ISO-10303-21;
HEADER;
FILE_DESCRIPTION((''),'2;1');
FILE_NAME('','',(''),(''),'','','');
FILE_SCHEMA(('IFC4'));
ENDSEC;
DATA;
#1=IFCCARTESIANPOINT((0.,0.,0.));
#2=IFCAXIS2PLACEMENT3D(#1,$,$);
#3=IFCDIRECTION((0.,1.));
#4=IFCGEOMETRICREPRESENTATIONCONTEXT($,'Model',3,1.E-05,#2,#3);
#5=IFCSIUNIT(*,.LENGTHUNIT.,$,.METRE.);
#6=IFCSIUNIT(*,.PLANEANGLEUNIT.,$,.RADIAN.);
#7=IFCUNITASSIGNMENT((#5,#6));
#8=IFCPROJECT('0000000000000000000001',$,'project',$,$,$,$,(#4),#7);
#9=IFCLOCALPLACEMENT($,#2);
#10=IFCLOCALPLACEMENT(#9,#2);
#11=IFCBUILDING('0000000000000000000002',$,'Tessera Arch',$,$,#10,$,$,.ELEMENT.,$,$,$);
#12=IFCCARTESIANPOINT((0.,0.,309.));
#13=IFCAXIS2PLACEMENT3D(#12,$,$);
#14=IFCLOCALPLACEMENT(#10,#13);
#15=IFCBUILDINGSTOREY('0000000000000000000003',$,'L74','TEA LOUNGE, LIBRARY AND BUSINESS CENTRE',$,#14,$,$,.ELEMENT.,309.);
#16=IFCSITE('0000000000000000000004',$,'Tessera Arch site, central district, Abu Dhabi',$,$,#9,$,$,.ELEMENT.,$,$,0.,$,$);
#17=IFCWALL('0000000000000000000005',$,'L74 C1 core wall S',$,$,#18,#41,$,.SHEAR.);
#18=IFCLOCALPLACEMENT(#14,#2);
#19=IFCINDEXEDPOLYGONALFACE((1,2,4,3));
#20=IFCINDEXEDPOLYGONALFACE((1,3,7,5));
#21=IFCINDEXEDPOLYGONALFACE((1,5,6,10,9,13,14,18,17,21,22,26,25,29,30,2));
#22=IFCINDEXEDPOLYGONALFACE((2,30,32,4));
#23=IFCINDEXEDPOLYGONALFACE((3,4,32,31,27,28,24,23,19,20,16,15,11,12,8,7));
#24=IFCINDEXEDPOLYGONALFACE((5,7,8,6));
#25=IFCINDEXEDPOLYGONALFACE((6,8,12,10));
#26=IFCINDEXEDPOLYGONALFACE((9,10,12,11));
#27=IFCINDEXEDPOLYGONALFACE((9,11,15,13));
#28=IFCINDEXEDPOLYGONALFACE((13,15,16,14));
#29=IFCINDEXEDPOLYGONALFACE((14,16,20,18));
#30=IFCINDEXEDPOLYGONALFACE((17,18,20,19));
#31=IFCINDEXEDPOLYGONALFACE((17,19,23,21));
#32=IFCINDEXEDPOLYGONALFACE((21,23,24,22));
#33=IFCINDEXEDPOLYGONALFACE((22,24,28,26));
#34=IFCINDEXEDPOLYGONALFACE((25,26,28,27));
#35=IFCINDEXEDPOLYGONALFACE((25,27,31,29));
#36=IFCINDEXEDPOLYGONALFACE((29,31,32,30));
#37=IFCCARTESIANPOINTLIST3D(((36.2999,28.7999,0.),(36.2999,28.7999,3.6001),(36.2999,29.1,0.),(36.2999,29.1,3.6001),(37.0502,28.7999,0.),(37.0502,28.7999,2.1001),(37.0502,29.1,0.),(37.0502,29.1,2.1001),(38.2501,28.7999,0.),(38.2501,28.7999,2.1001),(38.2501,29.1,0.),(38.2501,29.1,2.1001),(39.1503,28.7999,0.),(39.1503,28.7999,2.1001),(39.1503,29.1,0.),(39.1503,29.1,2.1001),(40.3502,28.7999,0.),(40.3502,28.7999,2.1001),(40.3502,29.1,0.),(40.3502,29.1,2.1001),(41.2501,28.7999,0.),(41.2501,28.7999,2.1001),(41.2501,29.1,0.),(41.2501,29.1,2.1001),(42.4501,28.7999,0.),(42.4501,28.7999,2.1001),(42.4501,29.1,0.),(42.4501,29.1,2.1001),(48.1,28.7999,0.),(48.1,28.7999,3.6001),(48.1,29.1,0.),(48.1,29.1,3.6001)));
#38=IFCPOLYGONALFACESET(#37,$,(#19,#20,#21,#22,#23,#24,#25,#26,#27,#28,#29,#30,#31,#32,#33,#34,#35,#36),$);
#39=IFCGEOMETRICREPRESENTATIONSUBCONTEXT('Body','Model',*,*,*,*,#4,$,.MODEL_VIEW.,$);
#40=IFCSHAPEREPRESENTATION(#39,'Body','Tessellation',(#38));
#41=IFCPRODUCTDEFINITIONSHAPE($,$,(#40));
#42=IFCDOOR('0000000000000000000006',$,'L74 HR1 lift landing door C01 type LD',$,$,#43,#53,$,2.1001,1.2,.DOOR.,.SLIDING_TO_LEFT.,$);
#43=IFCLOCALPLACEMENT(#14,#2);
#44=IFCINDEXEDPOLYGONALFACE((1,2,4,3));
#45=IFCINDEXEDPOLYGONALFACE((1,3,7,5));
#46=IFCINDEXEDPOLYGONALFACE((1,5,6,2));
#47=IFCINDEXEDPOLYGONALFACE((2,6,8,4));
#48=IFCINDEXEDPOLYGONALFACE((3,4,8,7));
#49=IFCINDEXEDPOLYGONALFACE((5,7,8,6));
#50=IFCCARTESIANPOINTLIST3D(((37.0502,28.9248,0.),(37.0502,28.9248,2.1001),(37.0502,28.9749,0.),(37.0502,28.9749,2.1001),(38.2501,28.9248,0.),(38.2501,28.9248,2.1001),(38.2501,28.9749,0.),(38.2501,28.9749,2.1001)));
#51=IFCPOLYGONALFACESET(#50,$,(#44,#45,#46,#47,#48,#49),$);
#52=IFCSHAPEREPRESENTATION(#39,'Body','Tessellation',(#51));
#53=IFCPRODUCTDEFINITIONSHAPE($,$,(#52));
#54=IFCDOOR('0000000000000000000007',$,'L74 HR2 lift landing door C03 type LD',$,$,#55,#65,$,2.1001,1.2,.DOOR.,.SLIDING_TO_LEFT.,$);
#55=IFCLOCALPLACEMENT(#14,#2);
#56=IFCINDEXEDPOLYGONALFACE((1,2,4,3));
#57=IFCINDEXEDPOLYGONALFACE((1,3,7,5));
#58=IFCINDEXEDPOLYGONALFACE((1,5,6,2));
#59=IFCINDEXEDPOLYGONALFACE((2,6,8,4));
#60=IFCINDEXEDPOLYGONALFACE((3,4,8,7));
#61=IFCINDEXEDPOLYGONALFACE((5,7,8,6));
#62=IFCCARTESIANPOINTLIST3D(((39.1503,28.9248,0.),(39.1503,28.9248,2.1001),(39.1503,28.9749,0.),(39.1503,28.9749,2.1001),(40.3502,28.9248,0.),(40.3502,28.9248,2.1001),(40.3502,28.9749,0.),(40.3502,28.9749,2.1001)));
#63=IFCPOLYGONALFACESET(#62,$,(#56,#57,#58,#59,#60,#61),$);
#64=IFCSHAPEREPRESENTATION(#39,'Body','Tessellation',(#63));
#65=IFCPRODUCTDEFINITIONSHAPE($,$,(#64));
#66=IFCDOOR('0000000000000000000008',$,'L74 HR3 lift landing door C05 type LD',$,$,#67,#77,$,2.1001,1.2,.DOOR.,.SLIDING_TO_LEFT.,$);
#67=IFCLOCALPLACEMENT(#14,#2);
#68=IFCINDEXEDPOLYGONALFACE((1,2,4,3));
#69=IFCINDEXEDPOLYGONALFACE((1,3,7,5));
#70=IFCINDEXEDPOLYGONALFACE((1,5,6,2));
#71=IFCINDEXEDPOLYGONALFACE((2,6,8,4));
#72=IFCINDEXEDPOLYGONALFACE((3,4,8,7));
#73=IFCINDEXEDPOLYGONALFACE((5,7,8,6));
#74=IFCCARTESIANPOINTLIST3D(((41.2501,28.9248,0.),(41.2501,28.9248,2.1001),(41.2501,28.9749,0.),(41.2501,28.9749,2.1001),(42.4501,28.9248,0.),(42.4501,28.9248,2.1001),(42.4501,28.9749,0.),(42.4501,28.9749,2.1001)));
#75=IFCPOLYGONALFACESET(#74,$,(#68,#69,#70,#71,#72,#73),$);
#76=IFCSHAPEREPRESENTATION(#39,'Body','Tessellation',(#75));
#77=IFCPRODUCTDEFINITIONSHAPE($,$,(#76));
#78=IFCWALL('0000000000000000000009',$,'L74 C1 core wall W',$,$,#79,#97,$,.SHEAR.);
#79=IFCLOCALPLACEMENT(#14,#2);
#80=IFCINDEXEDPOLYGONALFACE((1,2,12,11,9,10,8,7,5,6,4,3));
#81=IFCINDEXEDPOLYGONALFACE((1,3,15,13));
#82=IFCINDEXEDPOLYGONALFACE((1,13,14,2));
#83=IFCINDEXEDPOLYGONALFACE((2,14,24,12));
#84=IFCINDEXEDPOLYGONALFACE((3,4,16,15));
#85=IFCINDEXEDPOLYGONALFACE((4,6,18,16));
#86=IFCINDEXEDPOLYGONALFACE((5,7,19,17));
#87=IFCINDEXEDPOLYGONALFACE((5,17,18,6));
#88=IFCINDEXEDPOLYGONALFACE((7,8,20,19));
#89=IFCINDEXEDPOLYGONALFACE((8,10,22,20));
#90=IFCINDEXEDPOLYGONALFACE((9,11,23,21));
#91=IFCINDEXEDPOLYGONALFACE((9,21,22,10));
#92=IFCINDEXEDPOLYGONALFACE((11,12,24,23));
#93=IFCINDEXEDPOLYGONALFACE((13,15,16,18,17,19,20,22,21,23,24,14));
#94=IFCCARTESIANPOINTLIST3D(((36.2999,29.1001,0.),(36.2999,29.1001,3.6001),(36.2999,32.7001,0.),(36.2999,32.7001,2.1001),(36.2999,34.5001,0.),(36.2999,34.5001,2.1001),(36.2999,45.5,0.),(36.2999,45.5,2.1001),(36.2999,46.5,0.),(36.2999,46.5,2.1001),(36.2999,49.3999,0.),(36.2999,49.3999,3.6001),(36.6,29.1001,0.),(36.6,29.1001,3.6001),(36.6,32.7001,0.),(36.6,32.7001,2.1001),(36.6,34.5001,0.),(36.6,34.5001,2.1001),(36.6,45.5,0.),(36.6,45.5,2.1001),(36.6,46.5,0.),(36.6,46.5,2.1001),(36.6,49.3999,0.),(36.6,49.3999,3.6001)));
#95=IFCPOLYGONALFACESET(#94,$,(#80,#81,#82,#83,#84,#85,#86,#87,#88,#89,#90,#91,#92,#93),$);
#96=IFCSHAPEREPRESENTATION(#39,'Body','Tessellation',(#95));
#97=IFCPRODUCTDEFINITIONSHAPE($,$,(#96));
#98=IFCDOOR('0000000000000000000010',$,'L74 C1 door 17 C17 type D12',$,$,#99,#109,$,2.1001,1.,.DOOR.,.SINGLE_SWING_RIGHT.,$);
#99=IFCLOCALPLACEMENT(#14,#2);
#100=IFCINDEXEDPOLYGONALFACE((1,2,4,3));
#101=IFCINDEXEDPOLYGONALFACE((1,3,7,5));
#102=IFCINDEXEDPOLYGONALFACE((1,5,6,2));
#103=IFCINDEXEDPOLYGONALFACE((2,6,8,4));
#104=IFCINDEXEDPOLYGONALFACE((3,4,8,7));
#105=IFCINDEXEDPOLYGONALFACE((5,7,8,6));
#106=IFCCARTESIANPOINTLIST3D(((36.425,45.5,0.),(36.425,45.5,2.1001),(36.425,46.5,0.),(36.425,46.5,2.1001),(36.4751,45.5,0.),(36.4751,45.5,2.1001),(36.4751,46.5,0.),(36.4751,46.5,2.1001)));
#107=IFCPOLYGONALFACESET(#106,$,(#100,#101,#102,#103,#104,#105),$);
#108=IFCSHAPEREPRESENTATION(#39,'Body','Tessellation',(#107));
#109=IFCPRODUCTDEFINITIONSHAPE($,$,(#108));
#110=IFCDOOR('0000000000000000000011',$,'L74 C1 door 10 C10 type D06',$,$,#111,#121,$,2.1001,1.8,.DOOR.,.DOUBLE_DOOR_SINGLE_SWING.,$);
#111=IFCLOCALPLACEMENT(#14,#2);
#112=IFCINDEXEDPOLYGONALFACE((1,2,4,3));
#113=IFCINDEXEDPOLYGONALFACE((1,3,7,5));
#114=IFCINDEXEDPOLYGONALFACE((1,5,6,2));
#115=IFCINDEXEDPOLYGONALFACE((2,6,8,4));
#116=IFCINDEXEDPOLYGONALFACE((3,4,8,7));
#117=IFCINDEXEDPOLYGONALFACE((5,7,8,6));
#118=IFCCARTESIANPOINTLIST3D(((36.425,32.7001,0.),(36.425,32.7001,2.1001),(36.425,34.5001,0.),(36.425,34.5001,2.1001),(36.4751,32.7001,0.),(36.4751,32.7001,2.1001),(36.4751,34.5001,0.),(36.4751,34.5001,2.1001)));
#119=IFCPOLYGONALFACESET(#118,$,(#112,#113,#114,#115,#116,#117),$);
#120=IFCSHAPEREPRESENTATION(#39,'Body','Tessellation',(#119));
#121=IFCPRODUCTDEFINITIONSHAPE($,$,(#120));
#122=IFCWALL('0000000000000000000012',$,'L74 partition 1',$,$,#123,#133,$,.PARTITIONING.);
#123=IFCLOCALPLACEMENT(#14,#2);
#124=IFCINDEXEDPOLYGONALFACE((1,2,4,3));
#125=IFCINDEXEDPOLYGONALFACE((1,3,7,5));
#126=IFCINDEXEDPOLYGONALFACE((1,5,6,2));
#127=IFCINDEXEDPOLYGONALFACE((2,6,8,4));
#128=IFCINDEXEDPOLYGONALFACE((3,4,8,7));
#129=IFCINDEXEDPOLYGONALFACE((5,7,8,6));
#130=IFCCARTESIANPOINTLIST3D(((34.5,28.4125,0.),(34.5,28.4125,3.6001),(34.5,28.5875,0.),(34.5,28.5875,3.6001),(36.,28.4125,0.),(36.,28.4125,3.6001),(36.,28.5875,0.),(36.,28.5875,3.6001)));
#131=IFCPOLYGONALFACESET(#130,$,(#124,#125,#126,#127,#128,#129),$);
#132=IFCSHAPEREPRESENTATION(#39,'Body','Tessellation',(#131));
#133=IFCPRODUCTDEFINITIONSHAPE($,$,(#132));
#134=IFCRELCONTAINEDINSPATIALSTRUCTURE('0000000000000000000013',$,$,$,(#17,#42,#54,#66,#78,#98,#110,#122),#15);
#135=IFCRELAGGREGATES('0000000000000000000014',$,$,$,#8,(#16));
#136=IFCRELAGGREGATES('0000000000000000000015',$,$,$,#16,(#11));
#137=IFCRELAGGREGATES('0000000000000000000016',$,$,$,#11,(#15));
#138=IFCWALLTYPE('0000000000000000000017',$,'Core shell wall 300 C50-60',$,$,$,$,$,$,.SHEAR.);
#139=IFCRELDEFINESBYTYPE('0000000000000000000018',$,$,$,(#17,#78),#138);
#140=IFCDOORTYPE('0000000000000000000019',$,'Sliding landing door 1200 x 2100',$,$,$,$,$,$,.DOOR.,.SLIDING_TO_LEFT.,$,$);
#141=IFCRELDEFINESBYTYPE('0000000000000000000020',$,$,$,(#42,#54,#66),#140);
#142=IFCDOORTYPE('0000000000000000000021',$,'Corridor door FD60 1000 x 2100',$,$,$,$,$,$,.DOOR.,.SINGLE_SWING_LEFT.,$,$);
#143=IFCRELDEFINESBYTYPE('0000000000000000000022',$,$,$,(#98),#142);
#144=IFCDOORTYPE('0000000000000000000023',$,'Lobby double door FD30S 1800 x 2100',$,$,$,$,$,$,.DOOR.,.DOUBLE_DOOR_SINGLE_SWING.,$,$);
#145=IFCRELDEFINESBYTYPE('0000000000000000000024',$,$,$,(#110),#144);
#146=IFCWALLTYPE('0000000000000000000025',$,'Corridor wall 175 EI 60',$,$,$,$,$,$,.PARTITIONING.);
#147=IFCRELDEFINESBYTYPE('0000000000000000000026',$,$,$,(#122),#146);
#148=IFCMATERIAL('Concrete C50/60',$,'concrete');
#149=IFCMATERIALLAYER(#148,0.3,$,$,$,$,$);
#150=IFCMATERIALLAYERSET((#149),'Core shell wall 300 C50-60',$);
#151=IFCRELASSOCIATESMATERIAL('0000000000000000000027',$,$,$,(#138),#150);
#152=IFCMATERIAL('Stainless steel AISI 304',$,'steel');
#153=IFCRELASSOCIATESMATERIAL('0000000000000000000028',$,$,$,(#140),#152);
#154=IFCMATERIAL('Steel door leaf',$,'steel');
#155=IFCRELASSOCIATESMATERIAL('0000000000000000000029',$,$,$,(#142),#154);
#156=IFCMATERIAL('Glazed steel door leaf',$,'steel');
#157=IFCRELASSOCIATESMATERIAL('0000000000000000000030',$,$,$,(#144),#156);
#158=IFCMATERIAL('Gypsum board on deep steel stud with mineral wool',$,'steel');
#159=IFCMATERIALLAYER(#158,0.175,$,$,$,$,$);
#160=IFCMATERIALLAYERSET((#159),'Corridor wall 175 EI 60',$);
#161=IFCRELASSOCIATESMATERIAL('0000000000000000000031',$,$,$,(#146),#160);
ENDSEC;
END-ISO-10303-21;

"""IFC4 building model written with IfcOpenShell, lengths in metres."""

from ifc_helpers import new_model, si_unit, direction, frame, frame_2d, origin, place, context, subcontext, project, spatial, rectangle, extrude, material, layer, layer_set, type_object, element, fill, save


model = new_model("IFC4")

# Units and contexts
model_context = context("Model", 3, precision=1e-05, world=origin(), true_north=direction((0.0, 1.0)))
body_context = subcontext(model_context, "Body", "Model", "MODEL_VIEW")
ifc_project = project(units=[si_unit("LENGTHUNIT", "METRE"), si_unit("PLANEANGLEUNIT", "RADIAN")], contexts=[model_context])

# Site, building, storey
site_placement = place(None, origin())
site = spatial("IfcSite", under=ifc_project, at=site_placement, Name="Tessera Arch site, central district, Abu Dhabi", CompositionType="ELEMENT", RefElevation=0.0)
building_placement = place(site_placement, origin())
building = spatial("IfcBuilding", under=site, at=building_placement, Name="Tessera Arch", CompositionType="ELEMENT")
storey_placement = place(building_placement, frame((0.0, 0.0, 309.0)))
storey = spatial("IfcBuildingStorey", under=building, at=storey_placement, Name="L74", Description="TEA LOUNGE, LIBRARY AND BUSINESS CENTRE", CompositionType="ELEMENT", Elevation=309.0)

# Walls, openings, doors
ifc_material_1 = material(Name="Concrete C50/60", Category="concrete")
ifc_layer_1 = layer(ifc_material_1, 0.3)
ifc_layer_set_1 = layer_set([ifc_layer_1], Name="Core shell wall 300 C50-60")
wall_type_1 = type_object("IfcWallType", Name="Core shell wall 300 C50-60", PredefinedType="SHEAR", material=ifc_layer_set_1)
wall_1_placement = place(storey_placement, frame((36.3, 28.95, 0.0), z_axis=(0.0, 0.0, 1.0), x_axis=(1.0, 0.0, 0.0)))
wall_1 = element("IfcWall", 1, at=wall_1_placement, inside=storey, type_object=wall_type_1, Name="L74 C1 core wall S", PredefinedType="SHEAR", context=body_context, shape_type="SweptSolid", body=[
    extrude(rectangle(XDim=11.8, YDim=0.3, at=frame_2d((5.8999, 0.0))), origin(), (0.0, 0.0, 1.0), 3.6001),
])
opening_1_placement = place(wall_1_placement, frame((0.75, 0.0, 0.0)))
opening_1 = element("IfcOpeningElement", 2, at=opening_1_placement, cuts=wall_1, PredefinedType="OPENING", context=body_context, shape_type="SweptSolid", body=[
    extrude(rectangle(XDim=1.2, YDim=2.1001, at=frame_2d((0.6001, 1.05))), frame((0.0, 0.1599, 0.0), z_axis=(0.0, -1.0, 0.0), x_axis=(1.0, 0.0, 0.0)), (0.0, 0.0, 1.0), 0.3201),
])
opening_2_placement = place(wall_1_placement, frame((2.8501, 0.0, 0.0)))
opening_2 = element("IfcOpeningElement", 3, at=opening_2_placement, cuts=wall_1, PredefinedType="OPENING", context=body_context, shape_type="SweptSolid", body=[
    extrude(rectangle(XDim=1.2, YDim=2.1001, at=frame_2d((0.6001, 1.05))), frame((0.0, 0.1599, 0.0), z_axis=(0.0, -1.0, 0.0), x_axis=(1.0, 0.0, 0.0)), (0.0, 0.0, 1.0), 0.3201),
])
opening_3_placement = place(wall_1_placement, frame((4.95, 0.0, 0.0)))
opening_3 = element("IfcOpeningElement", 4, at=opening_3_placement, cuts=wall_1, PredefinedType="OPENING", context=body_context, shape_type="SweptSolid", body=[
    extrude(rectangle(XDim=1.2, YDim=2.1001, at=frame_2d((0.6001, 1.05))), frame((0.0, 0.1599, 0.0), z_axis=(0.0, -1.0, 0.0), x_axis=(1.0, 0.0, 0.0)), (0.0, 0.0, 1.0), 0.3201),
])
ifc_material_2 = material(Name="Stainless steel AISI 304", Category="steel")
door_type_1 = type_object("IfcDoorType", Name="Sliding landing door 1200 x 2100", OperationType="SLIDING_TO_LEFT", PredefinedType="DOOR", material=ifc_material_2)
door_1_placement = place(opening_1_placement, origin())
door_1 = element("IfcDoor", 5, at=door_1_placement, inside=storey, type_object=door_type_1, Name="L74 HR1 lift landing door C01 type LD", OperationType="SLIDING_TO_LEFT", OverallHeight=2.1001, OverallWidth=1.2, PredefinedType="DOOR", context=body_context, shape_type="SweptSolid", body=[
    extrude(rectangle(XDim=1.2, YDim=2.1001, at=frame_2d((0.6001, 1.05))), frame((0.0, 0.0249, 0.0), z_axis=(0.0, -1.0, 0.0), x_axis=(1.0, 0.0, 0.0)), (0.0, 0.0, 1.0), 0.05),
])
fill(opening_1, door_1)
door_2_placement = place(opening_2_placement, origin())
door_2 = element("IfcDoor", 6, at=door_2_placement, inside=storey, type_object=door_type_1, Name="L74 HR2 lift landing door C03 type LD", OperationType="SLIDING_TO_LEFT", OverallHeight=2.1001, OverallWidth=1.2, PredefinedType="DOOR", context=body_context, shape_type="SweptSolid", body=[
    extrude(rectangle(XDim=1.2, YDim=2.1001, at=frame_2d((0.6001, 1.05))), frame((0.0, 0.0249, 0.0), z_axis=(0.0, -1.0, 0.0), x_axis=(1.0, 0.0, 0.0)), (0.0, 0.0, 1.0), 0.05),
])
fill(opening_2, door_2)
door_3_placement = place(opening_3_placement, origin())
door_3 = element("IfcDoor", 7, at=door_3_placement, inside=storey, type_object=door_type_1, Name="L74 HR3 lift landing door C05 type LD", OperationType="SLIDING_TO_LEFT", OverallHeight=2.1001, OverallWidth=1.2, PredefinedType="DOOR", context=body_context, shape_type="SweptSolid", body=[
    extrude(rectangle(XDim=1.2, YDim=2.1001, at=frame_2d((0.6001, 1.05))), frame((0.0, 0.0249, 0.0), z_axis=(0.0, -1.0, 0.0), x_axis=(1.0, 0.0, 0.0)), (0.0, 0.0, 1.0), 0.05),
])
fill(opening_3, door_3)
wall_2_placement = place(storey_placement, frame((36.45, 29.1001, 0.0), z_axis=(0.0, 0.0, 1.0), x_axis=(0.0, 1.0, 0.0)))
wall_2 = element("IfcWall", 8, at=wall_2_placement, inside=storey, type_object=wall_type_1, Name="L74 C1 core wall W", PredefinedType="SHEAR", context=body_context, shape_type="SweptSolid", body=[
    extrude(rectangle(XDim=20.2998, YDim=0.3, at=frame_2d((10.1499, 0.0))), origin(), (0.0, 0.0, 1.0), 3.6001),
])
opening_4_placement = place(wall_2_placement, frame((3.6001, 0.0, 0.0)))
opening_4 = element("IfcOpeningElement", 9, at=opening_4_placement, cuts=wall_2, PredefinedType="OPENING", context=body_context, shape_type="SweptSolid", body=[
    extrude(rectangle(XDim=1.8, YDim=2.1001, at=frame_2d((0.8999, 1.05))), frame((0.0, 0.1599, 0.0), z_axis=(0.0, -1.0, 0.0), x_axis=(1.0, 0.0, 0.0)), (0.0, 0.0, 1.0), 0.3201),
])
opening_5_placement = place(wall_2_placement, frame((16.3999, 0.0, 0.0)))
opening_5 = element("IfcOpeningElement", 10, at=opening_5_placement, cuts=wall_2, PredefinedType="OPENING", context=body_context, shape_type="SweptSolid", body=[
    extrude(rectangle(XDim=1.0, YDim=2.1001, at=frame_2d((0.5, 1.05))), frame((0.0, 0.1599, 0.0), z_axis=(0.0, -1.0, 0.0), x_axis=(1.0, 0.0, 0.0)), (0.0, 0.0, 1.0), 0.3201),
])
ifc_material_3 = material(Name="Steel door leaf", Category="steel")
door_type_2 = type_object("IfcDoorType", Name="Corridor door FD60 1000 x 2100", OperationType="SINGLE_SWING_LEFT", PredefinedType="DOOR", material=ifc_material_3)
door_4_placement = place(opening_5_placement, origin())
door_4 = element("IfcDoor", 11, at=door_4_placement, inside=storey, type_object=door_type_2, Name="L74 C1 door 17 C17 type D12", OperationType="SINGLE_SWING_RIGHT", OverallHeight=2.1001, OverallWidth=1.0, PredefinedType="DOOR", context=body_context, shape_type="SweptSolid", body=[
    extrude(rectangle(XDim=1.0, YDim=2.1001, at=frame_2d((0.5, 1.05))), frame((0.0, 0.0249, 0.0), z_axis=(0.0, -1.0, 0.0), x_axis=(1.0, 0.0, 0.0)), (0.0, 0.0, 1.0), 0.05),
])
fill(opening_5, door_4)
ifc_material_4 = material(Name="Glazed steel door leaf", Category="steel")
door_type_3 = type_object("IfcDoorType", Name="Lobby double door FD30S 1800 x 2100", OperationType="DOUBLE_DOOR_SINGLE_SWING", PredefinedType="DOOR", material=ifc_material_4)
door_5_placement = place(opening_4_placement, origin())
door_5 = element("IfcDoor", 12, at=door_5_placement, inside=storey, type_object=door_type_3, Name="L74 C1 door 10 C10 type D06", OperationType="DOUBLE_DOOR_SINGLE_SWING", OverallHeight=2.1001, OverallWidth=1.8, PredefinedType="DOOR", context=body_context, shape_type="SweptSolid", body=[
    extrude(rectangle(XDim=1.8, YDim=2.1001, at=frame_2d((0.8999, 1.05))), frame((0.0, 0.0249, 0.0), z_axis=(0.0, -1.0, 0.0), x_axis=(1.0, 0.0, 0.0)), (0.0, 0.0, 1.0), 0.05),
])
fill(opening_4, door_5)

# Wall
ifc_material_5 = material(Name="Gypsum board on deep steel stud with mineral wool", Category="steel")
ifc_layer_2 = layer(ifc_material_5, 0.175)
ifc_layer_set_2 = layer_set([ifc_layer_2], Name="Corridor wall 175 EI 60")
wall_type_2 = type_object("IfcWallType", Name="Corridor wall 175 EI 60", PredefinedType="PARTITIONING", material=ifc_layer_set_2)
wall_3_placement = place(storey_placement, frame((34.5, 28.5, 0.0), z_axis=(0.0, 0.0, 1.0), x_axis=(1.0, 0.0, 0.0)))
element("IfcWall", 13, at=wall_3_placement, inside=storey, type_object=wall_type_2, Name="L74 partition 1", PredefinedType="PARTITIONING", context=body_context, shape_type="SweptSolid", body=[
    extrude(rectangle(XDim=1.5, YDim=0.175, at=frame_2d((0.75, 0.0))), origin(), (0.0, 0.0, 1.0), 3.6001),
])

save(model, "model.ifc")
